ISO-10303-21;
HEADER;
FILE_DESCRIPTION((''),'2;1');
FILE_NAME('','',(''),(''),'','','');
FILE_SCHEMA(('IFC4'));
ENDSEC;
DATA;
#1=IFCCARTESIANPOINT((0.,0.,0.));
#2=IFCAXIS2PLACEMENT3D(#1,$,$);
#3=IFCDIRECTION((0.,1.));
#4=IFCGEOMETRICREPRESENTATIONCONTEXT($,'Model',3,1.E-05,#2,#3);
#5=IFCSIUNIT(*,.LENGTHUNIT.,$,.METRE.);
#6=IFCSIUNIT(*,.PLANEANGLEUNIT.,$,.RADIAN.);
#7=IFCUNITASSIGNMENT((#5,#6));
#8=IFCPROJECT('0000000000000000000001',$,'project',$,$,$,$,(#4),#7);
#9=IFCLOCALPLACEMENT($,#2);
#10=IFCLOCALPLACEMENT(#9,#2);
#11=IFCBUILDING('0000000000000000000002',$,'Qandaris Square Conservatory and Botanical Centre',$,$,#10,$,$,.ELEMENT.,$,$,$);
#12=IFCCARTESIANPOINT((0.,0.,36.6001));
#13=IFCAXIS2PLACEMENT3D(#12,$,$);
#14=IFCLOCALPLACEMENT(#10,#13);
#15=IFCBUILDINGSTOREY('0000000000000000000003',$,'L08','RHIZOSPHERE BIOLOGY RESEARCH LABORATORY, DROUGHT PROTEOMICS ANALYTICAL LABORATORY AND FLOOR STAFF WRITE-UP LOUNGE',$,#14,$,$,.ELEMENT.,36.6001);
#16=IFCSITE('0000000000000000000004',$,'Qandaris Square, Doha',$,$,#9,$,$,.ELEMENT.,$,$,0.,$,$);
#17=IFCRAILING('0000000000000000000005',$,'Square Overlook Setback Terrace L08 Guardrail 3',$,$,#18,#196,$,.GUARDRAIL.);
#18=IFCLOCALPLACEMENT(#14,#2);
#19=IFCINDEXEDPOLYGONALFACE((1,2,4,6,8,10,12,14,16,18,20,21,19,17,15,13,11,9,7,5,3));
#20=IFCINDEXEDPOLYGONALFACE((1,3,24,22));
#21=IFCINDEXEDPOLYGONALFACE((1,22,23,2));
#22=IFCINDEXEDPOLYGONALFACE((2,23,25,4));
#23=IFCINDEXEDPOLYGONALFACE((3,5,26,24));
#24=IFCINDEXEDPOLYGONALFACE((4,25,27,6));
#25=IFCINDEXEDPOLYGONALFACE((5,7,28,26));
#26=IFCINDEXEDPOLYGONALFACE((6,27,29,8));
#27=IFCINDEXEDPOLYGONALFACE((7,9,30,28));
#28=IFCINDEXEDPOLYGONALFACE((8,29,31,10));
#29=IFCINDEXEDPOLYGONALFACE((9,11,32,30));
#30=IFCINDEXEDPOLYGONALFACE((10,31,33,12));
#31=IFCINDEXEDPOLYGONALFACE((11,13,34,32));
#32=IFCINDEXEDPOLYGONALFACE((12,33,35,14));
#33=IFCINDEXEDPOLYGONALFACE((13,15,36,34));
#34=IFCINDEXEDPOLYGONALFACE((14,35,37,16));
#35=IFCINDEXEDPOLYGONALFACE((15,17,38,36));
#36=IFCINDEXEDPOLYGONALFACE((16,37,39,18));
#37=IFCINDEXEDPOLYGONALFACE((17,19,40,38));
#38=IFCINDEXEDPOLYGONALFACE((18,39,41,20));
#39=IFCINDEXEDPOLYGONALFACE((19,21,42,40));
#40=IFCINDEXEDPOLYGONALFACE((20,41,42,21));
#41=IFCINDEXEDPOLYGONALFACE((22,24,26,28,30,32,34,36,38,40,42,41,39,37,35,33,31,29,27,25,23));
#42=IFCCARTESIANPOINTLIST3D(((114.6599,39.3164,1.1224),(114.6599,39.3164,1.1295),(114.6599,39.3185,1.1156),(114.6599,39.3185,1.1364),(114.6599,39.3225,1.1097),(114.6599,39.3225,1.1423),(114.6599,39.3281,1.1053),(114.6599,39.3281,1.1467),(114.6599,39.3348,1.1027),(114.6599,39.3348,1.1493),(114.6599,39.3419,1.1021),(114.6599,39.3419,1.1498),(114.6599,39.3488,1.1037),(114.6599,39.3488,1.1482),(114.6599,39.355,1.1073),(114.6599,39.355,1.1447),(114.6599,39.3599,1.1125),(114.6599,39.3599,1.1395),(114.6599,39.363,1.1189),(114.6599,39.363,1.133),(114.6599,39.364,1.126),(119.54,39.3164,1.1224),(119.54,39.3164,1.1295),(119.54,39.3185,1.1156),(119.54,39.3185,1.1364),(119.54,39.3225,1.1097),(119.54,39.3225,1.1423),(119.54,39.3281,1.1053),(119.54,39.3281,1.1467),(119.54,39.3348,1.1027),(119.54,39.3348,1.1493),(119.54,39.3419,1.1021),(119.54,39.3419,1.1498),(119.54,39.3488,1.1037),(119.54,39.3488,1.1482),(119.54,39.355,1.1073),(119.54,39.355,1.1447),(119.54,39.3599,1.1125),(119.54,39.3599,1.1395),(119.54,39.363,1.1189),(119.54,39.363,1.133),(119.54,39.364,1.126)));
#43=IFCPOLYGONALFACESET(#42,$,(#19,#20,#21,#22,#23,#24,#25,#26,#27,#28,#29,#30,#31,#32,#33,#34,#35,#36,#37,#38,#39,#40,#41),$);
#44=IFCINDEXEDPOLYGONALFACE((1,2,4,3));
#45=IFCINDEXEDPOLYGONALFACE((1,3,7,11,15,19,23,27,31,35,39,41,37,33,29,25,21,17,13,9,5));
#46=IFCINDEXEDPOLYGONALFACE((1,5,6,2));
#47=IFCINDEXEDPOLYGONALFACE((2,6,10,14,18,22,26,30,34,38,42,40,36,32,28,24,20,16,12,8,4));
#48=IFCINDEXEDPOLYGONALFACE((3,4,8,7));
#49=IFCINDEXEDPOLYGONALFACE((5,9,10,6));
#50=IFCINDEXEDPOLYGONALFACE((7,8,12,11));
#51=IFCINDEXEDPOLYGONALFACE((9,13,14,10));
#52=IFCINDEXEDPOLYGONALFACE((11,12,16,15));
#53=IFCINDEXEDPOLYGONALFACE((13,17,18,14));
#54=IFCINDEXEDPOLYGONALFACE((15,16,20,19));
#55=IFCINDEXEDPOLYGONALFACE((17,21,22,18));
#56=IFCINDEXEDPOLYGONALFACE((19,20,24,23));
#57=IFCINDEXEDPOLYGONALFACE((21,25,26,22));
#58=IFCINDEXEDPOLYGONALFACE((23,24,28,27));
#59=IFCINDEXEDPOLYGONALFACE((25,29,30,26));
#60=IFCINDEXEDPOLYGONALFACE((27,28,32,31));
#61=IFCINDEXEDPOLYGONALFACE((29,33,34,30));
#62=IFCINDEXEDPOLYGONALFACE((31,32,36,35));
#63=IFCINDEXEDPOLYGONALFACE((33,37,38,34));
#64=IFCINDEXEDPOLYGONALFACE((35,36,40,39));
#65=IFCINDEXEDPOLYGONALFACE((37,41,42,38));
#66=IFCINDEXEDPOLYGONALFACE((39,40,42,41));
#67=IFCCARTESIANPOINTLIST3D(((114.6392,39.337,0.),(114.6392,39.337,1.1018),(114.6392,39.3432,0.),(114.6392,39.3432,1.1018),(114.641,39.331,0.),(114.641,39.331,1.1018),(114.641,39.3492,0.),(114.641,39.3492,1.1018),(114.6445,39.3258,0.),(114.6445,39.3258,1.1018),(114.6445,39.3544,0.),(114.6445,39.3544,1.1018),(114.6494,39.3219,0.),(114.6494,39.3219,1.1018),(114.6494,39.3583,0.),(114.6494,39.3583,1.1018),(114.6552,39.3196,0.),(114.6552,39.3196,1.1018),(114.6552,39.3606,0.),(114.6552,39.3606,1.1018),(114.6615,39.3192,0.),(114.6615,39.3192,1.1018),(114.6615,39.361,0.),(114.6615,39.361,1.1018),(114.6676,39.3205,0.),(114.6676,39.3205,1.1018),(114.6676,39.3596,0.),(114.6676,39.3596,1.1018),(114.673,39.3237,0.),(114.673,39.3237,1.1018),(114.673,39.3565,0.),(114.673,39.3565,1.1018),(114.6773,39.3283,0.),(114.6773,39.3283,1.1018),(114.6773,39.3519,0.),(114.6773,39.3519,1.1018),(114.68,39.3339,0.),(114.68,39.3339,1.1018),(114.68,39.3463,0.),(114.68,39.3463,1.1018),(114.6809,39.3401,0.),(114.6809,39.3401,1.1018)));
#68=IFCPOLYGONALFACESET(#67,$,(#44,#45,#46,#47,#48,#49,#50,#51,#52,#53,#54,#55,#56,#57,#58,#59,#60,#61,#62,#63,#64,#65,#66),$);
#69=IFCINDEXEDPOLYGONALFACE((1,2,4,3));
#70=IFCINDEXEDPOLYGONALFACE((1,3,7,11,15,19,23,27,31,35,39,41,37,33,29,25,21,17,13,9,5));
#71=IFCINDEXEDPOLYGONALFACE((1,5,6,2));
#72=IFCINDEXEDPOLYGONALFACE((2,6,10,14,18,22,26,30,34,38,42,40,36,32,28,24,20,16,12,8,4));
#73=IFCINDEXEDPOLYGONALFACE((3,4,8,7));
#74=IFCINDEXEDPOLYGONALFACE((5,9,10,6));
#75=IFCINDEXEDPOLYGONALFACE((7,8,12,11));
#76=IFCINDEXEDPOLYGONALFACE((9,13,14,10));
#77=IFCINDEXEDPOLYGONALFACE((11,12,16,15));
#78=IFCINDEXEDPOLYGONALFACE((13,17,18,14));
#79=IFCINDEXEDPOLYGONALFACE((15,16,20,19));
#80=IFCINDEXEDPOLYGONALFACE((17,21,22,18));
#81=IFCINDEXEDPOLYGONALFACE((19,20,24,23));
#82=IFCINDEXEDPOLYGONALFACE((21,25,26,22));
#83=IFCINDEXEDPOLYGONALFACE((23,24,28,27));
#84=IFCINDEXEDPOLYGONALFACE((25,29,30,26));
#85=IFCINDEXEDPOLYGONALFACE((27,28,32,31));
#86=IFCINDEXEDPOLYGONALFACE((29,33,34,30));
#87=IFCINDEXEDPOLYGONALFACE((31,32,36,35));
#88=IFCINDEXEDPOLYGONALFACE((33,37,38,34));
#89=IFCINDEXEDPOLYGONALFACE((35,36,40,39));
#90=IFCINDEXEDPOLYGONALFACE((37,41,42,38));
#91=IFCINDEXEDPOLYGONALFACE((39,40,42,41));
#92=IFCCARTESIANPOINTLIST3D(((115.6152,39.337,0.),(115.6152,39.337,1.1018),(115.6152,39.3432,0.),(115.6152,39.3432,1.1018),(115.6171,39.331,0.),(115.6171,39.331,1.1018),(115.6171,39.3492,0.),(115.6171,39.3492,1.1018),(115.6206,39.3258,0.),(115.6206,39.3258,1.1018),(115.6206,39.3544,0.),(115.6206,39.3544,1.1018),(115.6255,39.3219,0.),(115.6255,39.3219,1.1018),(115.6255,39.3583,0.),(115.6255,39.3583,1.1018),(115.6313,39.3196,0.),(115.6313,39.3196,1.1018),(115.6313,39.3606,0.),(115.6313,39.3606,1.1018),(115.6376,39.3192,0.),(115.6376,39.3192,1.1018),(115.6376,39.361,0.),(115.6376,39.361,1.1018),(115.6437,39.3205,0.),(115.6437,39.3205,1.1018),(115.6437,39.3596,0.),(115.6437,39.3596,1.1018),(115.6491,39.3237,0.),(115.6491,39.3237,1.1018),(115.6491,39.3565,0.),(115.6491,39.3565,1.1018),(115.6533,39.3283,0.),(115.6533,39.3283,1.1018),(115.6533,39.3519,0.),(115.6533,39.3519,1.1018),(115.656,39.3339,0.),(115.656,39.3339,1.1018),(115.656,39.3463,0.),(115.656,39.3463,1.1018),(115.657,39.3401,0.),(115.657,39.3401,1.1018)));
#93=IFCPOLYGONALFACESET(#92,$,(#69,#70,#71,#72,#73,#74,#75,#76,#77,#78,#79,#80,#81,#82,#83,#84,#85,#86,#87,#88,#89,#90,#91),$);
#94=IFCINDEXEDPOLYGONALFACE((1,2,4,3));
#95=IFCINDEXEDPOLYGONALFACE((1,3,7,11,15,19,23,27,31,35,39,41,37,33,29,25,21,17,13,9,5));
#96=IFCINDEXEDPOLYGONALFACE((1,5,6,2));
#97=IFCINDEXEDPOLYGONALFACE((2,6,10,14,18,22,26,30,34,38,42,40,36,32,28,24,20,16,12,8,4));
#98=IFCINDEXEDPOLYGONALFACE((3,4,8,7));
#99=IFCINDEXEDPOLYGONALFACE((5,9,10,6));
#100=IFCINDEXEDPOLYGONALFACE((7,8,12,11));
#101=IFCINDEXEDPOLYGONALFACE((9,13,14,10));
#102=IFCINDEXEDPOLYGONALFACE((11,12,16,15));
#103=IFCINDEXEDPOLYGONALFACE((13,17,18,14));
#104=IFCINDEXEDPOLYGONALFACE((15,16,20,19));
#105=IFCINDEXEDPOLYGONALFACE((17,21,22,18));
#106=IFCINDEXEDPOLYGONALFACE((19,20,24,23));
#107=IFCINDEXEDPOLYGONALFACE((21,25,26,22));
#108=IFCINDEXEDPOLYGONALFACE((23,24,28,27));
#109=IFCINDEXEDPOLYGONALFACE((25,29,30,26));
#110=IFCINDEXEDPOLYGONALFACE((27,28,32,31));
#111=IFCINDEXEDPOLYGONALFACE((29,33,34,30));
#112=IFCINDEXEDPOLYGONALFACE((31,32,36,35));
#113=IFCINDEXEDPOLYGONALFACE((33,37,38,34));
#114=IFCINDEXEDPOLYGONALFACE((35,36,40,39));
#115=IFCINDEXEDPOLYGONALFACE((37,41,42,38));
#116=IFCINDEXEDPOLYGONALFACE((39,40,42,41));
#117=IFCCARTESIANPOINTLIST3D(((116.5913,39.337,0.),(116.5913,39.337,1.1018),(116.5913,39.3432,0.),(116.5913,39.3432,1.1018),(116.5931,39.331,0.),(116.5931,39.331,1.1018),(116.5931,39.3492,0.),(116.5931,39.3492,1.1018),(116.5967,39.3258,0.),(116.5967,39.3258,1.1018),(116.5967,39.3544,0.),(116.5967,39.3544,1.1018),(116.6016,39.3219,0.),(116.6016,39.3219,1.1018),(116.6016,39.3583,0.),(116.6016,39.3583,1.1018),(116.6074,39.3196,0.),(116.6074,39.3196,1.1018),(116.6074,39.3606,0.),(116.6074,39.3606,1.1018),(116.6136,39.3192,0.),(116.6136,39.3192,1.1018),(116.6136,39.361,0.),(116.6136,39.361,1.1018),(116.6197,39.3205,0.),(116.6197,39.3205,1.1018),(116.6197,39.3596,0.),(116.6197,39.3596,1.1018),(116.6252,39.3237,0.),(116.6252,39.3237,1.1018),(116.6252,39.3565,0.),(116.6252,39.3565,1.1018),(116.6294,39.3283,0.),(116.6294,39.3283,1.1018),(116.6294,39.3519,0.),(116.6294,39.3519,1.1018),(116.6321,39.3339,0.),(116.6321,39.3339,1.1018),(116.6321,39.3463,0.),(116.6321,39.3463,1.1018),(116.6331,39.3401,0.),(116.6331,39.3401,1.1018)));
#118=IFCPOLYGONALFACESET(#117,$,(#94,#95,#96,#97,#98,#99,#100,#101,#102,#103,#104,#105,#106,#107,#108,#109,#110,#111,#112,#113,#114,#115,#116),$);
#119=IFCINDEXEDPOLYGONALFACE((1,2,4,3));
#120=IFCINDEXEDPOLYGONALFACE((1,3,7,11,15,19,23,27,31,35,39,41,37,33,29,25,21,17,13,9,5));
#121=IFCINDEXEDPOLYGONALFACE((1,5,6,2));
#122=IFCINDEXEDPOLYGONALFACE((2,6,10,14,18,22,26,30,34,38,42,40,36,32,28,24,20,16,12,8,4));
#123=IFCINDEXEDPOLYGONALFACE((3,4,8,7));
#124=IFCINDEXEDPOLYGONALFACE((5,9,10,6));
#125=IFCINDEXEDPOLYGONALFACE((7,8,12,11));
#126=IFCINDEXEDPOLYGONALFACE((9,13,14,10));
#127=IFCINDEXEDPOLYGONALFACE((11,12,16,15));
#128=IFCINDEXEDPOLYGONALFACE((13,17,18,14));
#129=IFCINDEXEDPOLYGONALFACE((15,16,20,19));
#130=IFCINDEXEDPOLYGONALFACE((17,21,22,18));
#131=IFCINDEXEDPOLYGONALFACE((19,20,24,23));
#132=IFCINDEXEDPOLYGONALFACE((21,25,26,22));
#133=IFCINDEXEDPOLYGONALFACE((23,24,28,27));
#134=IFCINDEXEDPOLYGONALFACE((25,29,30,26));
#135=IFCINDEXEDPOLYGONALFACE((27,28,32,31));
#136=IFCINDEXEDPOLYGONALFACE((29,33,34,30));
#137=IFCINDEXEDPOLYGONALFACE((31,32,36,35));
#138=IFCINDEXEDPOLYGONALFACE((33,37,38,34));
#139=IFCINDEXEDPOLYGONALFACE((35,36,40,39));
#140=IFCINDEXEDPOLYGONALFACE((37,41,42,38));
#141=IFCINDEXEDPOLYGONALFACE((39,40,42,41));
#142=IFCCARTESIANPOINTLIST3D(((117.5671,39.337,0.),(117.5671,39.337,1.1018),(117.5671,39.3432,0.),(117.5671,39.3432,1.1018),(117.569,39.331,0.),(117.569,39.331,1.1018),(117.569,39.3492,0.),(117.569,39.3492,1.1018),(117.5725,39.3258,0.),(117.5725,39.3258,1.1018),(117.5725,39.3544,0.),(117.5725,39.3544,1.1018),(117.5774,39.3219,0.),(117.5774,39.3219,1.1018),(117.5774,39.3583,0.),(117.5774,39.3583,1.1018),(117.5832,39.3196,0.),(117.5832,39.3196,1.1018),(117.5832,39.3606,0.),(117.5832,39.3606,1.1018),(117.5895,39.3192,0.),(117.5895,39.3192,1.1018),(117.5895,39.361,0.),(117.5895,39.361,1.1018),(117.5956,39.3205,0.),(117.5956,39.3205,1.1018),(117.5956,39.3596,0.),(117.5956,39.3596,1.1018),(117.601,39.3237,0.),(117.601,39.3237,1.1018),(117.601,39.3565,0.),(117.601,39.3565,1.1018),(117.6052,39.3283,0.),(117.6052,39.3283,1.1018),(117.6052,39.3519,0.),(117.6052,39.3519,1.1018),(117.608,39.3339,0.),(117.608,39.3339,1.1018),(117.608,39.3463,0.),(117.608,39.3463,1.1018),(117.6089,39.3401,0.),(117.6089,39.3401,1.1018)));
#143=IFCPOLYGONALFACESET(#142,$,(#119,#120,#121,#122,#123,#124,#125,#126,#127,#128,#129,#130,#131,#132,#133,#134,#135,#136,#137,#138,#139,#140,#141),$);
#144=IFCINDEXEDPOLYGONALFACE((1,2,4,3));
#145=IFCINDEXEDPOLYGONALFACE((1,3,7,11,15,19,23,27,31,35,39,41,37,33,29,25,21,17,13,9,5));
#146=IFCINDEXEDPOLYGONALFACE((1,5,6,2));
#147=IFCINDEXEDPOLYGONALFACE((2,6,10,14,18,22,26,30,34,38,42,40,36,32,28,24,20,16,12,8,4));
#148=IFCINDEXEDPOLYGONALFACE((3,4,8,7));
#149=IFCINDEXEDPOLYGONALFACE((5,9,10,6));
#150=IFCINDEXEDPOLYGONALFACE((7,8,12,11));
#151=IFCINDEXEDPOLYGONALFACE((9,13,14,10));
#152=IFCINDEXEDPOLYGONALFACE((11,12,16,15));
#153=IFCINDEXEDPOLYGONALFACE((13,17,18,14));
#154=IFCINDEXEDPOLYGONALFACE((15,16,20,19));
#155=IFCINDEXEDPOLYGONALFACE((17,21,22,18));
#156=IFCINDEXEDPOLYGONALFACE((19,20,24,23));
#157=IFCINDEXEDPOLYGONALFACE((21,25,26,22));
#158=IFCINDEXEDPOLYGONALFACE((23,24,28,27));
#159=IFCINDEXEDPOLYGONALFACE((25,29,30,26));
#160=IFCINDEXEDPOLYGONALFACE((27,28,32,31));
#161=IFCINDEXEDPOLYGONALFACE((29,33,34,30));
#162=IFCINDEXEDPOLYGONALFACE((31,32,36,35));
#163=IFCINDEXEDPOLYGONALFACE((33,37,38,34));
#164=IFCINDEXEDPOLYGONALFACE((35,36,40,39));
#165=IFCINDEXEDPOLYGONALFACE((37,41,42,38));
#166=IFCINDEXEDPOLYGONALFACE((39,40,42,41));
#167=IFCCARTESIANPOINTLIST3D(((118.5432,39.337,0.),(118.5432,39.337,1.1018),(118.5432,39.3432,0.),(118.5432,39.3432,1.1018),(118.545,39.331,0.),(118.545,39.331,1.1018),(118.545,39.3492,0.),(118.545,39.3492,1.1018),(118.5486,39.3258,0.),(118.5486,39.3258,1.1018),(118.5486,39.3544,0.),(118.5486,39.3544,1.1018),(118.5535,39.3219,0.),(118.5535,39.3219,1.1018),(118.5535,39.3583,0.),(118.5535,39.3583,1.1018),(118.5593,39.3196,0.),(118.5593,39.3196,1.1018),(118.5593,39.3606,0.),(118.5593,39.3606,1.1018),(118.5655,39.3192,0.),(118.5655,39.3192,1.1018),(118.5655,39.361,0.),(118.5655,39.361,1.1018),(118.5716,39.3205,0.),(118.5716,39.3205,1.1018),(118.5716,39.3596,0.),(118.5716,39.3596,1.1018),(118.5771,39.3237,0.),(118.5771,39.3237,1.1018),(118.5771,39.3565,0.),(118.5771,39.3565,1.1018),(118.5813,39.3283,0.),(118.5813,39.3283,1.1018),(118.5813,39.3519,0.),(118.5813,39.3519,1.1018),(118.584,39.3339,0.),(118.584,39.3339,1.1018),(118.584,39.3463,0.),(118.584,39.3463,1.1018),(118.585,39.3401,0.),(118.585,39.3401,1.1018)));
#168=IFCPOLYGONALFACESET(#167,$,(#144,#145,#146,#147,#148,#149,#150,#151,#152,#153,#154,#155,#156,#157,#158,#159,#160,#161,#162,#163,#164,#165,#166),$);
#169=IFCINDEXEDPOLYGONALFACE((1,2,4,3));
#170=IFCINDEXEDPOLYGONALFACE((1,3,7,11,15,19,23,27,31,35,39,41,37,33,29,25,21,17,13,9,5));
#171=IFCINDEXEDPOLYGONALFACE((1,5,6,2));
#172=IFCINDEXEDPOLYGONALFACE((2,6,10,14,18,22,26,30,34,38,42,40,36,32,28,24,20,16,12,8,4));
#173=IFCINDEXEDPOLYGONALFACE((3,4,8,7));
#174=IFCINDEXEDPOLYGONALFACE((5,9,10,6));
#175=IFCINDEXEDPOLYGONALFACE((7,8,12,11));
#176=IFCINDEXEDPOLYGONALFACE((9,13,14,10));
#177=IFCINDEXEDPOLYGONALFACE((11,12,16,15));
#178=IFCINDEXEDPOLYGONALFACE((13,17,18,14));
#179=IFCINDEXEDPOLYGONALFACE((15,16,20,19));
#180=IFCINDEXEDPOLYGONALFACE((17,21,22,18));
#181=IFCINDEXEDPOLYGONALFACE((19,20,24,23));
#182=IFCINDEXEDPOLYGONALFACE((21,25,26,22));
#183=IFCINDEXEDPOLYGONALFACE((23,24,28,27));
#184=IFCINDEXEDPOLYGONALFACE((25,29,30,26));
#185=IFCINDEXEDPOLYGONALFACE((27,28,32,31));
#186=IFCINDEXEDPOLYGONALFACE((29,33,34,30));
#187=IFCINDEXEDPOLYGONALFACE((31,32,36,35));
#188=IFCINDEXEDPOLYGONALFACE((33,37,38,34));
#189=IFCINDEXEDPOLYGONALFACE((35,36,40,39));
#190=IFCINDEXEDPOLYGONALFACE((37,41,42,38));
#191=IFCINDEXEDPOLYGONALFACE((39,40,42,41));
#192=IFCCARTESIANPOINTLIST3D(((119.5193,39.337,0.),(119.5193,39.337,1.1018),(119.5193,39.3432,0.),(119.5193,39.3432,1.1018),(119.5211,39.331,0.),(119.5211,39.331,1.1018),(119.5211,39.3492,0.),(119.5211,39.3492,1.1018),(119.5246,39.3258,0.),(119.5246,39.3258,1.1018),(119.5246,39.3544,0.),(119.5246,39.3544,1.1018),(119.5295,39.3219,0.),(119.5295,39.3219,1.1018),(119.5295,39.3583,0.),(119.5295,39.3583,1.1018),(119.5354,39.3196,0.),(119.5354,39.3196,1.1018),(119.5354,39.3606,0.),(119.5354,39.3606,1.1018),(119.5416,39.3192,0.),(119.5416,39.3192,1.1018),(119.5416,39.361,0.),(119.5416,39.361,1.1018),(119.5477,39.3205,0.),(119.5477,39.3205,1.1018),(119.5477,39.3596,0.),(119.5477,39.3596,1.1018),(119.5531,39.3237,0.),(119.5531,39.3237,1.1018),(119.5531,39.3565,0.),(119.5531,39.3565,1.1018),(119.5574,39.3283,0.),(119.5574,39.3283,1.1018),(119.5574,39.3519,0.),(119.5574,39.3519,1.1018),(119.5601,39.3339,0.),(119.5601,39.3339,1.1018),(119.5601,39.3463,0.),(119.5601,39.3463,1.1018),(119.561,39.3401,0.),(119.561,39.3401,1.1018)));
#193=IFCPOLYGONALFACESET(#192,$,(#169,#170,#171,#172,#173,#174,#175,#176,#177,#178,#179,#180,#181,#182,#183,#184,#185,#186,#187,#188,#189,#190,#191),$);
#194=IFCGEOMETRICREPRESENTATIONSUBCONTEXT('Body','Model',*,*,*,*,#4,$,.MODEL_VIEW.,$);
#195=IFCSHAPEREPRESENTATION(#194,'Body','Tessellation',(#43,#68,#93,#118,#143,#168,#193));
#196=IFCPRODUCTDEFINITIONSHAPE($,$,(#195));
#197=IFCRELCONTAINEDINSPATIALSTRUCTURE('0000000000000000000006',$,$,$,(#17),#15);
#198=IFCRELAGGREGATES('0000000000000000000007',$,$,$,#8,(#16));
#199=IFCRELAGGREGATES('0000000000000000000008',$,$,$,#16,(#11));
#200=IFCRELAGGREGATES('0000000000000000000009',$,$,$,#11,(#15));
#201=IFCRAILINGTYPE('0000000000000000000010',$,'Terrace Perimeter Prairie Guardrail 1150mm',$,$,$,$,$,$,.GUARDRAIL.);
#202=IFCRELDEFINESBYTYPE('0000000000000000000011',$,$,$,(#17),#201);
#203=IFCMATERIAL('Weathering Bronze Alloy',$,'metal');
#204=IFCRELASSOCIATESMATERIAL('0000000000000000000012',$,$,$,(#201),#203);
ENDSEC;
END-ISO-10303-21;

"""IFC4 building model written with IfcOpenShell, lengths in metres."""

from ifc_helpers import new_model, si_unit, direction, frame, origin, origin_2d, place, context, subcontext, project, spatial, circle, extrude, material, type_object, element, save


model = new_model("IFC4")

# Units and contexts
model_context = context("Model", 3, precision=1e-05, world=origin(), true_north=direction((0.0, 1.0)))
body_context = subcontext(model_context, "Body", "Model", "MODEL_VIEW")
ifc_project = project(units=[si_unit("LENGTHUNIT", "METRE"), si_unit("PLANEANGLEUNIT", "RADIAN")], contexts=[model_context])

# Site, building, storey
site_placement = place(None, origin())
site = spatial("IfcSite", under=ifc_project, at=site_placement, Name="Qandaris Square, Doha", CompositionType="ELEMENT", RefElevation=0.0)
building_placement = place(site_placement, origin())
building = spatial("IfcBuilding", under=site, at=building_placement, Name="Qandaris Square Conservatory and Botanical Centre", CompositionType="ELEMENT")
storey_placement = place(building_placement, frame((0.0, 0.0, 36.6001)))
storey = spatial("IfcBuildingStorey", under=building, at=storey_placement, Name="L08", Description="RHIZOSPHERE BIOLOGY RESEARCH LABORATORY, DROUGHT PROTEOMICS ANALYTICAL LABORATORY AND FLOOR STAFF WRITE-UP LOUNGE", CompositionType="ELEMENT", Elevation=36.6001)

# Railing
ifc_material_1 = material(Name="Weathering Bronze Alloy", Category="metal")
railing_type = type_object("IfcRailingType", Name="Terrace Perimeter Prairie Guardrail 1150mm", PredefinedType="GUARDRAIL", material=ifc_material_1)
railing_1_placement = place(storey_placement, frame((114.6599, 39.3401, 0.0)))
element("IfcRailing", 1, at=railing_1_placement, inside=storey, type_object=railing_type, Name="Square Overlook Setback Terrace L08 Guardrail 3", PredefinedType="GUARDRAIL", context=body_context, shape_type="SweptSolid", body=[
    extrude(circle(Radius=0.0239, at=origin_2d()), frame((0.0, 0.0, 1.126), z_axis=(1.0, 0.0, 0.0), x_axis=(0.0, 1.0, 0.0)), (0.0, 0.0, 1.0), 4.8801),
    extrude(circle(Radius=0.021, at=origin_2d()), origin(), (0.0, 0.0, 1.0), 1.1018),
    extrude(circle(Radius=0.021, at=origin_2d()), frame((0.9761, 0.0, 0.0)), (0.0, 0.0, 1.0), 1.1018),
    extrude(circle(Radius=0.021, at=origin_2d()), frame((1.9521, 0.0, 0.0)), (0.0, 0.0, 1.0), 1.1018),
    extrude(circle(Radius=0.021, at=origin_2d()), frame((2.928, 0.0, 0.0)), (0.0, 0.0, 1.0), 1.1018),
    extrude(circle(Radius=0.021, at=origin_2d()), frame((3.9041, 0.0, 0.0)), (0.0, 0.0, 1.0), 1.1018),
    extrude(circle(Radius=0.021, at=origin_2d()), frame((4.8801, 0.0, 0.0)), (0.0, 0.0, 1.0), 1.1018),
])

save(model, "model.ifc")
